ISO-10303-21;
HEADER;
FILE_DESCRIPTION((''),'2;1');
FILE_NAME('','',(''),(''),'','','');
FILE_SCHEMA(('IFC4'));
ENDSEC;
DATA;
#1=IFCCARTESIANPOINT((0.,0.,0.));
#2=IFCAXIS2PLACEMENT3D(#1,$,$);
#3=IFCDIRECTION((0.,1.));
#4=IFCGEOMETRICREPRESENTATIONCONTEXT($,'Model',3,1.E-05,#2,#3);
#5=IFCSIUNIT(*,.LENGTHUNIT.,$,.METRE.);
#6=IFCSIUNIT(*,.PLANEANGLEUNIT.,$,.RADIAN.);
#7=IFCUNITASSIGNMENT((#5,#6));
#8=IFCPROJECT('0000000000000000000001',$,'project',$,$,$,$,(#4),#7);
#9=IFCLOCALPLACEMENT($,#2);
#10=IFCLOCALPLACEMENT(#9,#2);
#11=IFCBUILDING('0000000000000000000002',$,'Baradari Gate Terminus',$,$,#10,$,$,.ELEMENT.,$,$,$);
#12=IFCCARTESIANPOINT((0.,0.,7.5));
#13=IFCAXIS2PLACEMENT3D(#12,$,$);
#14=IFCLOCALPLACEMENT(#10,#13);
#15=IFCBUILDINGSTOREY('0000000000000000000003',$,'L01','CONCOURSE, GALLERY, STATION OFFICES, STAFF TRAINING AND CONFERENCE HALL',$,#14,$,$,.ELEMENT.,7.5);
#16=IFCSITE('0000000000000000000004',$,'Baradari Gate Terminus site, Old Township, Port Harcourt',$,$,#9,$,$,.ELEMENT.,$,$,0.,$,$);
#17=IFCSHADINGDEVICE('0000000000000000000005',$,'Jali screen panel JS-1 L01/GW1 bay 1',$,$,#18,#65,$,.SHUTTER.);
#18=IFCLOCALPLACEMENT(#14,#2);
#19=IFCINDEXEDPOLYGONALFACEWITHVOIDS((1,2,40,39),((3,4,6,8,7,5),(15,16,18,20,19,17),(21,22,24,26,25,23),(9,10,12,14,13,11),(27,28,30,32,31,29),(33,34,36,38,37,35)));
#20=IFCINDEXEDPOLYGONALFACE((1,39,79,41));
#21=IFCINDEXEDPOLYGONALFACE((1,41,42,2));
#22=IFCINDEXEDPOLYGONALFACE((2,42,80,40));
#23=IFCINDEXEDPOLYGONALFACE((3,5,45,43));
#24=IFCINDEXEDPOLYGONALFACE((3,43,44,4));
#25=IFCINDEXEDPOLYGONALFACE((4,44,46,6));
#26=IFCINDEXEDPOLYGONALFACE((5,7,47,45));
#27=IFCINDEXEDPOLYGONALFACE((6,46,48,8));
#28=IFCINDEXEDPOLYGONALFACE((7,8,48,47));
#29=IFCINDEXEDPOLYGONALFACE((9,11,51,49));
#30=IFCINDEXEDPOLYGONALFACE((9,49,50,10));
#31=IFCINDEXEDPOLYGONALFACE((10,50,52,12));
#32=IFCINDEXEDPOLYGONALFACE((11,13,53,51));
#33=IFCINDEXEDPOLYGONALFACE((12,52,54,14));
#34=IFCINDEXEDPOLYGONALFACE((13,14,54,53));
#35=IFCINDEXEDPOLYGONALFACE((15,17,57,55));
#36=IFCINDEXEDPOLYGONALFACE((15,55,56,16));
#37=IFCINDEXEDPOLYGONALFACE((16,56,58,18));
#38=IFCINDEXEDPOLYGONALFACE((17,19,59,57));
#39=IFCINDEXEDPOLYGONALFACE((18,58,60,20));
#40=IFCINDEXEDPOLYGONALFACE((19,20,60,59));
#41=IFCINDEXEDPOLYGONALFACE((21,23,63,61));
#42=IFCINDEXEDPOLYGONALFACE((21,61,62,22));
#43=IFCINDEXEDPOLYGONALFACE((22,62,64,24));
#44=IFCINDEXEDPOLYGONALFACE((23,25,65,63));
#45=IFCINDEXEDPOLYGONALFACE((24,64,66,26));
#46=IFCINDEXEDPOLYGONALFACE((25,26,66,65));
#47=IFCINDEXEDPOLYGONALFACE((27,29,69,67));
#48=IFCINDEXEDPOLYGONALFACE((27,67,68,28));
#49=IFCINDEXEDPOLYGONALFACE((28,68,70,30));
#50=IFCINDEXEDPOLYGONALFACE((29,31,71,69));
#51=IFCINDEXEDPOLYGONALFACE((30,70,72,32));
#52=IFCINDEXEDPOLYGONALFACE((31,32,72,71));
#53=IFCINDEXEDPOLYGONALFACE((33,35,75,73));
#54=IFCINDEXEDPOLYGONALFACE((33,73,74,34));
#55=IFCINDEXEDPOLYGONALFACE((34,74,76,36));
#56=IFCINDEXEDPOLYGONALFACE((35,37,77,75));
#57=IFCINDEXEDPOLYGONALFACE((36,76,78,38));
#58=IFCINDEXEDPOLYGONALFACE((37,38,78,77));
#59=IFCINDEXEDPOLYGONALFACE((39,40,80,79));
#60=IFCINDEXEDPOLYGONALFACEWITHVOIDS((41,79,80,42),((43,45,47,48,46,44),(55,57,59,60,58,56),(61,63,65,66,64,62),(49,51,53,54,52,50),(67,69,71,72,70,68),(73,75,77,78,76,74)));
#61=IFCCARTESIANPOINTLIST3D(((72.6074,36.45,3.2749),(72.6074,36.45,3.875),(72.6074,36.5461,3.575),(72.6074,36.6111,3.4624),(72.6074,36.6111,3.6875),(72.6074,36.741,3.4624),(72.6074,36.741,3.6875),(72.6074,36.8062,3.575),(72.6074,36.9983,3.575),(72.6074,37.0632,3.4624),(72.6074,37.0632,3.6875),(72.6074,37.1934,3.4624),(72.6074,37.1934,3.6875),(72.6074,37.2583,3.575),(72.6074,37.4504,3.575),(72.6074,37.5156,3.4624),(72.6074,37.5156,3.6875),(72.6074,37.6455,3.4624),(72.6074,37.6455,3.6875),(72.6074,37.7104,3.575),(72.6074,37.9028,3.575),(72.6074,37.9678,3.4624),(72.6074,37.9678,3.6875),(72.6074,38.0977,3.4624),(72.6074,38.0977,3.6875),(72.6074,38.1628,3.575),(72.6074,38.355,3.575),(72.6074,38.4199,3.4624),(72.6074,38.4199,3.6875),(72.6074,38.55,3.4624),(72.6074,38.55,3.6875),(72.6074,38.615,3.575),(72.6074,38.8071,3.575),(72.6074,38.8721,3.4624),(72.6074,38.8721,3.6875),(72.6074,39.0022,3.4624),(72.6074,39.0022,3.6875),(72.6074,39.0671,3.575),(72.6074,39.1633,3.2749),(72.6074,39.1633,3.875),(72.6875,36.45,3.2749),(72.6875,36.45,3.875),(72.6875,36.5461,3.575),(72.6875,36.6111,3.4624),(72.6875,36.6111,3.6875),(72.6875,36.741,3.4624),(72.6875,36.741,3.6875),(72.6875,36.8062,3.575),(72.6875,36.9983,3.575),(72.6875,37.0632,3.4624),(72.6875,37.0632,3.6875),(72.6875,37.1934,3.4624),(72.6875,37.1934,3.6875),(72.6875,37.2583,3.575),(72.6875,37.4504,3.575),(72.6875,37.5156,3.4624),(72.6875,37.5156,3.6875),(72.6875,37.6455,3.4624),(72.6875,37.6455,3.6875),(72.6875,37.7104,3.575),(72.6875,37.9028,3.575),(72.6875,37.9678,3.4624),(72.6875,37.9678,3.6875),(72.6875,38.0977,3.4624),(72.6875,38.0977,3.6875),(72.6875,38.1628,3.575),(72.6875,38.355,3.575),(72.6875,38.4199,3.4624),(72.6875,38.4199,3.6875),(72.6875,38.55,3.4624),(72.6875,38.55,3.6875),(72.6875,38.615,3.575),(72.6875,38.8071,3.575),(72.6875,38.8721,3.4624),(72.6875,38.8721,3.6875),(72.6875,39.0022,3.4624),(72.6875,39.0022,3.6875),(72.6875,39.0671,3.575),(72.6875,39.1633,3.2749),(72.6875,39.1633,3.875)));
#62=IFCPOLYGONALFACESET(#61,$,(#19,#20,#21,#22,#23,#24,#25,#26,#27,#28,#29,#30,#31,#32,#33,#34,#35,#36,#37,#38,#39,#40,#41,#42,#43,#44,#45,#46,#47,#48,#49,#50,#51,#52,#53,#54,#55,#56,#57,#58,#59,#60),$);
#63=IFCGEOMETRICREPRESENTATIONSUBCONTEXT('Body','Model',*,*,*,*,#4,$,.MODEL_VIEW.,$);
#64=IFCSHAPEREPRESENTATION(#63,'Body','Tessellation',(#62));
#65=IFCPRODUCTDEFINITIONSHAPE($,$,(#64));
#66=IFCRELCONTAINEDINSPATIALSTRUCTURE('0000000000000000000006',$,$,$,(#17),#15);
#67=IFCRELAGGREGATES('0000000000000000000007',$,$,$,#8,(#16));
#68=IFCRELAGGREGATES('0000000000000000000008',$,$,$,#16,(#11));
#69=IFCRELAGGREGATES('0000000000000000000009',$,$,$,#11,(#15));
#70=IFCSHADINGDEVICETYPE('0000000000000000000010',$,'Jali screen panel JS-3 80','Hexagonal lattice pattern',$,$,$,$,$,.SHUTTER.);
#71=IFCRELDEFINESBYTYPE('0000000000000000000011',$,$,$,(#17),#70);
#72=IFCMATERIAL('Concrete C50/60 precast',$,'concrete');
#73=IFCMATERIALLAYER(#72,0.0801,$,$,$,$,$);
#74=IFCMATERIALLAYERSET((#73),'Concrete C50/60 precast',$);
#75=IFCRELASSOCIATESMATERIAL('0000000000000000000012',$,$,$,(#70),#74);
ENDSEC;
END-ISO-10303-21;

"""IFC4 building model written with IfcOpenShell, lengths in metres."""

from ifc_helpers import new_model, si_unit, direction, frame, origin, place, context, subcontext, project, spatial, polyline, outline, extrude, material, layer, layer_set, type_object, element, save


model = new_model("IFC4")

# Units and contexts
model_context = context("Model", 3, precision=1e-05, world=origin(), true_north=direction((0.0, 1.0)))
body_context = subcontext(model_context, "Body", "Model", "MODEL_VIEW")
ifc_project = project(units=[si_unit("LENGTHUNIT", "METRE"), si_unit("PLANEANGLEUNIT", "RADIAN")], contexts=[model_context])

# Site, building, storey
site_placement = place(None, origin())
site = spatial("IfcSite", under=ifc_project, at=site_placement, Name="Baradari Gate Terminus site, Old Township, Port Harcourt", CompositionType="ELEMENT", RefElevation=0.0)
building_placement = place(site_placement, origin())
building = spatial("IfcBuilding", under=site, at=building_placement, Name="Baradari Gate Terminus", CompositionType="ELEMENT")
storey_placement = place(building_placement, frame((0.0, 0.0, 7.5)))
storey = spatial("IfcBuildingStorey", under=building, at=storey_placement, Name="L01", Description="CONCOURSE, GALLERY, STATION OFFICES, STAFF TRAINING AND CONFERENCE HALL", CompositionType="ELEMENT", Elevation=7.5)

# Shading device
ifc_material_1 = material(Name="Concrete C50/60 precast", Category="concrete")
ifc_layer_1 = layer(ifc_material_1, 0.0801)
ifc_layer_set_1 = layer_set([ifc_layer_1], Name="Concrete C50/60 precast")
shading_device_type = type_object("IfcShadingDeviceType", Name="Jali screen panel JS-3 80", Description="Hexagonal lattice pattern", PredefinedType="SHUTTER", material=ifc_layer_set_1)
shading_device_placement = place(storey_placement, frame((72.6475, 36.45, 3.2749), z_axis=(0.0, 0.0, 1.0), x_axis=(0.0, 1.0, 0.0)))
element("IfcShadingDevice", 1, at=shading_device_placement, inside=storey, type_object=shading_device_type, Name="Jali screen panel JS-1 L01/GW1 bay 1", PredefinedType="SHUTTER", context=body_context, shape_type="SweptSolid", body=[
    extrude(outline(polyline([(0.0, 0.0), (2.7134, 0.0), (2.7134, 0.6001), (0.0, 0.6001), (0.0, 0.0)]), holes=[polyline([(0.3562, 0.3), (0.291, 0.1875), (0.1611, 0.1875), (0.0962, 0.3), (0.1611, 0.4126), (0.291, 0.4126), (0.3562, 0.3)]), polyline([(0.8083, 0.3), (0.7434, 0.1875), (0.6133, 0.1875), (0.5483, 0.3), (0.6133, 0.4126), (0.7434, 0.4126), (0.8083, 0.3)]), polyline([(1.2605, 0.3), (1.1956, 0.1875), (1.0657, 0.1875), (1.0005, 0.3), (1.0657, 0.4126), (1.1956, 0.4126), (1.2605, 0.3)]), polyline([(1.7129, 0.3), (1.6477, 0.1875), (1.5178, 0.1875), (1.4529, 0.3), (1.5178, 0.4126), (1.6477, 0.4126), (1.7129, 0.3)]), polyline([(2.165, 0.3), (2.1001, 0.1875), (1.97, 0.1875), (1.905, 0.3), (1.97, 0.4126), (2.1001, 0.4126), (2.165, 0.3)]), polyline([(2.6172, 0.3), (2.5522, 0.1875), (2.4221, 0.1875), (2.3572, 0.3), (2.4221, 0.4126), (2.5522, 0.4126), (2.6172, 0.3)])]), frame((0.0, 0.04, 0.0), z_axis=(0.0, -1.0, 0.0), x_axis=(1.0, 0.0, 0.0)), (0.0, 0.0, 1.0), 0.0801),
])

save(model, "model.ifc")
